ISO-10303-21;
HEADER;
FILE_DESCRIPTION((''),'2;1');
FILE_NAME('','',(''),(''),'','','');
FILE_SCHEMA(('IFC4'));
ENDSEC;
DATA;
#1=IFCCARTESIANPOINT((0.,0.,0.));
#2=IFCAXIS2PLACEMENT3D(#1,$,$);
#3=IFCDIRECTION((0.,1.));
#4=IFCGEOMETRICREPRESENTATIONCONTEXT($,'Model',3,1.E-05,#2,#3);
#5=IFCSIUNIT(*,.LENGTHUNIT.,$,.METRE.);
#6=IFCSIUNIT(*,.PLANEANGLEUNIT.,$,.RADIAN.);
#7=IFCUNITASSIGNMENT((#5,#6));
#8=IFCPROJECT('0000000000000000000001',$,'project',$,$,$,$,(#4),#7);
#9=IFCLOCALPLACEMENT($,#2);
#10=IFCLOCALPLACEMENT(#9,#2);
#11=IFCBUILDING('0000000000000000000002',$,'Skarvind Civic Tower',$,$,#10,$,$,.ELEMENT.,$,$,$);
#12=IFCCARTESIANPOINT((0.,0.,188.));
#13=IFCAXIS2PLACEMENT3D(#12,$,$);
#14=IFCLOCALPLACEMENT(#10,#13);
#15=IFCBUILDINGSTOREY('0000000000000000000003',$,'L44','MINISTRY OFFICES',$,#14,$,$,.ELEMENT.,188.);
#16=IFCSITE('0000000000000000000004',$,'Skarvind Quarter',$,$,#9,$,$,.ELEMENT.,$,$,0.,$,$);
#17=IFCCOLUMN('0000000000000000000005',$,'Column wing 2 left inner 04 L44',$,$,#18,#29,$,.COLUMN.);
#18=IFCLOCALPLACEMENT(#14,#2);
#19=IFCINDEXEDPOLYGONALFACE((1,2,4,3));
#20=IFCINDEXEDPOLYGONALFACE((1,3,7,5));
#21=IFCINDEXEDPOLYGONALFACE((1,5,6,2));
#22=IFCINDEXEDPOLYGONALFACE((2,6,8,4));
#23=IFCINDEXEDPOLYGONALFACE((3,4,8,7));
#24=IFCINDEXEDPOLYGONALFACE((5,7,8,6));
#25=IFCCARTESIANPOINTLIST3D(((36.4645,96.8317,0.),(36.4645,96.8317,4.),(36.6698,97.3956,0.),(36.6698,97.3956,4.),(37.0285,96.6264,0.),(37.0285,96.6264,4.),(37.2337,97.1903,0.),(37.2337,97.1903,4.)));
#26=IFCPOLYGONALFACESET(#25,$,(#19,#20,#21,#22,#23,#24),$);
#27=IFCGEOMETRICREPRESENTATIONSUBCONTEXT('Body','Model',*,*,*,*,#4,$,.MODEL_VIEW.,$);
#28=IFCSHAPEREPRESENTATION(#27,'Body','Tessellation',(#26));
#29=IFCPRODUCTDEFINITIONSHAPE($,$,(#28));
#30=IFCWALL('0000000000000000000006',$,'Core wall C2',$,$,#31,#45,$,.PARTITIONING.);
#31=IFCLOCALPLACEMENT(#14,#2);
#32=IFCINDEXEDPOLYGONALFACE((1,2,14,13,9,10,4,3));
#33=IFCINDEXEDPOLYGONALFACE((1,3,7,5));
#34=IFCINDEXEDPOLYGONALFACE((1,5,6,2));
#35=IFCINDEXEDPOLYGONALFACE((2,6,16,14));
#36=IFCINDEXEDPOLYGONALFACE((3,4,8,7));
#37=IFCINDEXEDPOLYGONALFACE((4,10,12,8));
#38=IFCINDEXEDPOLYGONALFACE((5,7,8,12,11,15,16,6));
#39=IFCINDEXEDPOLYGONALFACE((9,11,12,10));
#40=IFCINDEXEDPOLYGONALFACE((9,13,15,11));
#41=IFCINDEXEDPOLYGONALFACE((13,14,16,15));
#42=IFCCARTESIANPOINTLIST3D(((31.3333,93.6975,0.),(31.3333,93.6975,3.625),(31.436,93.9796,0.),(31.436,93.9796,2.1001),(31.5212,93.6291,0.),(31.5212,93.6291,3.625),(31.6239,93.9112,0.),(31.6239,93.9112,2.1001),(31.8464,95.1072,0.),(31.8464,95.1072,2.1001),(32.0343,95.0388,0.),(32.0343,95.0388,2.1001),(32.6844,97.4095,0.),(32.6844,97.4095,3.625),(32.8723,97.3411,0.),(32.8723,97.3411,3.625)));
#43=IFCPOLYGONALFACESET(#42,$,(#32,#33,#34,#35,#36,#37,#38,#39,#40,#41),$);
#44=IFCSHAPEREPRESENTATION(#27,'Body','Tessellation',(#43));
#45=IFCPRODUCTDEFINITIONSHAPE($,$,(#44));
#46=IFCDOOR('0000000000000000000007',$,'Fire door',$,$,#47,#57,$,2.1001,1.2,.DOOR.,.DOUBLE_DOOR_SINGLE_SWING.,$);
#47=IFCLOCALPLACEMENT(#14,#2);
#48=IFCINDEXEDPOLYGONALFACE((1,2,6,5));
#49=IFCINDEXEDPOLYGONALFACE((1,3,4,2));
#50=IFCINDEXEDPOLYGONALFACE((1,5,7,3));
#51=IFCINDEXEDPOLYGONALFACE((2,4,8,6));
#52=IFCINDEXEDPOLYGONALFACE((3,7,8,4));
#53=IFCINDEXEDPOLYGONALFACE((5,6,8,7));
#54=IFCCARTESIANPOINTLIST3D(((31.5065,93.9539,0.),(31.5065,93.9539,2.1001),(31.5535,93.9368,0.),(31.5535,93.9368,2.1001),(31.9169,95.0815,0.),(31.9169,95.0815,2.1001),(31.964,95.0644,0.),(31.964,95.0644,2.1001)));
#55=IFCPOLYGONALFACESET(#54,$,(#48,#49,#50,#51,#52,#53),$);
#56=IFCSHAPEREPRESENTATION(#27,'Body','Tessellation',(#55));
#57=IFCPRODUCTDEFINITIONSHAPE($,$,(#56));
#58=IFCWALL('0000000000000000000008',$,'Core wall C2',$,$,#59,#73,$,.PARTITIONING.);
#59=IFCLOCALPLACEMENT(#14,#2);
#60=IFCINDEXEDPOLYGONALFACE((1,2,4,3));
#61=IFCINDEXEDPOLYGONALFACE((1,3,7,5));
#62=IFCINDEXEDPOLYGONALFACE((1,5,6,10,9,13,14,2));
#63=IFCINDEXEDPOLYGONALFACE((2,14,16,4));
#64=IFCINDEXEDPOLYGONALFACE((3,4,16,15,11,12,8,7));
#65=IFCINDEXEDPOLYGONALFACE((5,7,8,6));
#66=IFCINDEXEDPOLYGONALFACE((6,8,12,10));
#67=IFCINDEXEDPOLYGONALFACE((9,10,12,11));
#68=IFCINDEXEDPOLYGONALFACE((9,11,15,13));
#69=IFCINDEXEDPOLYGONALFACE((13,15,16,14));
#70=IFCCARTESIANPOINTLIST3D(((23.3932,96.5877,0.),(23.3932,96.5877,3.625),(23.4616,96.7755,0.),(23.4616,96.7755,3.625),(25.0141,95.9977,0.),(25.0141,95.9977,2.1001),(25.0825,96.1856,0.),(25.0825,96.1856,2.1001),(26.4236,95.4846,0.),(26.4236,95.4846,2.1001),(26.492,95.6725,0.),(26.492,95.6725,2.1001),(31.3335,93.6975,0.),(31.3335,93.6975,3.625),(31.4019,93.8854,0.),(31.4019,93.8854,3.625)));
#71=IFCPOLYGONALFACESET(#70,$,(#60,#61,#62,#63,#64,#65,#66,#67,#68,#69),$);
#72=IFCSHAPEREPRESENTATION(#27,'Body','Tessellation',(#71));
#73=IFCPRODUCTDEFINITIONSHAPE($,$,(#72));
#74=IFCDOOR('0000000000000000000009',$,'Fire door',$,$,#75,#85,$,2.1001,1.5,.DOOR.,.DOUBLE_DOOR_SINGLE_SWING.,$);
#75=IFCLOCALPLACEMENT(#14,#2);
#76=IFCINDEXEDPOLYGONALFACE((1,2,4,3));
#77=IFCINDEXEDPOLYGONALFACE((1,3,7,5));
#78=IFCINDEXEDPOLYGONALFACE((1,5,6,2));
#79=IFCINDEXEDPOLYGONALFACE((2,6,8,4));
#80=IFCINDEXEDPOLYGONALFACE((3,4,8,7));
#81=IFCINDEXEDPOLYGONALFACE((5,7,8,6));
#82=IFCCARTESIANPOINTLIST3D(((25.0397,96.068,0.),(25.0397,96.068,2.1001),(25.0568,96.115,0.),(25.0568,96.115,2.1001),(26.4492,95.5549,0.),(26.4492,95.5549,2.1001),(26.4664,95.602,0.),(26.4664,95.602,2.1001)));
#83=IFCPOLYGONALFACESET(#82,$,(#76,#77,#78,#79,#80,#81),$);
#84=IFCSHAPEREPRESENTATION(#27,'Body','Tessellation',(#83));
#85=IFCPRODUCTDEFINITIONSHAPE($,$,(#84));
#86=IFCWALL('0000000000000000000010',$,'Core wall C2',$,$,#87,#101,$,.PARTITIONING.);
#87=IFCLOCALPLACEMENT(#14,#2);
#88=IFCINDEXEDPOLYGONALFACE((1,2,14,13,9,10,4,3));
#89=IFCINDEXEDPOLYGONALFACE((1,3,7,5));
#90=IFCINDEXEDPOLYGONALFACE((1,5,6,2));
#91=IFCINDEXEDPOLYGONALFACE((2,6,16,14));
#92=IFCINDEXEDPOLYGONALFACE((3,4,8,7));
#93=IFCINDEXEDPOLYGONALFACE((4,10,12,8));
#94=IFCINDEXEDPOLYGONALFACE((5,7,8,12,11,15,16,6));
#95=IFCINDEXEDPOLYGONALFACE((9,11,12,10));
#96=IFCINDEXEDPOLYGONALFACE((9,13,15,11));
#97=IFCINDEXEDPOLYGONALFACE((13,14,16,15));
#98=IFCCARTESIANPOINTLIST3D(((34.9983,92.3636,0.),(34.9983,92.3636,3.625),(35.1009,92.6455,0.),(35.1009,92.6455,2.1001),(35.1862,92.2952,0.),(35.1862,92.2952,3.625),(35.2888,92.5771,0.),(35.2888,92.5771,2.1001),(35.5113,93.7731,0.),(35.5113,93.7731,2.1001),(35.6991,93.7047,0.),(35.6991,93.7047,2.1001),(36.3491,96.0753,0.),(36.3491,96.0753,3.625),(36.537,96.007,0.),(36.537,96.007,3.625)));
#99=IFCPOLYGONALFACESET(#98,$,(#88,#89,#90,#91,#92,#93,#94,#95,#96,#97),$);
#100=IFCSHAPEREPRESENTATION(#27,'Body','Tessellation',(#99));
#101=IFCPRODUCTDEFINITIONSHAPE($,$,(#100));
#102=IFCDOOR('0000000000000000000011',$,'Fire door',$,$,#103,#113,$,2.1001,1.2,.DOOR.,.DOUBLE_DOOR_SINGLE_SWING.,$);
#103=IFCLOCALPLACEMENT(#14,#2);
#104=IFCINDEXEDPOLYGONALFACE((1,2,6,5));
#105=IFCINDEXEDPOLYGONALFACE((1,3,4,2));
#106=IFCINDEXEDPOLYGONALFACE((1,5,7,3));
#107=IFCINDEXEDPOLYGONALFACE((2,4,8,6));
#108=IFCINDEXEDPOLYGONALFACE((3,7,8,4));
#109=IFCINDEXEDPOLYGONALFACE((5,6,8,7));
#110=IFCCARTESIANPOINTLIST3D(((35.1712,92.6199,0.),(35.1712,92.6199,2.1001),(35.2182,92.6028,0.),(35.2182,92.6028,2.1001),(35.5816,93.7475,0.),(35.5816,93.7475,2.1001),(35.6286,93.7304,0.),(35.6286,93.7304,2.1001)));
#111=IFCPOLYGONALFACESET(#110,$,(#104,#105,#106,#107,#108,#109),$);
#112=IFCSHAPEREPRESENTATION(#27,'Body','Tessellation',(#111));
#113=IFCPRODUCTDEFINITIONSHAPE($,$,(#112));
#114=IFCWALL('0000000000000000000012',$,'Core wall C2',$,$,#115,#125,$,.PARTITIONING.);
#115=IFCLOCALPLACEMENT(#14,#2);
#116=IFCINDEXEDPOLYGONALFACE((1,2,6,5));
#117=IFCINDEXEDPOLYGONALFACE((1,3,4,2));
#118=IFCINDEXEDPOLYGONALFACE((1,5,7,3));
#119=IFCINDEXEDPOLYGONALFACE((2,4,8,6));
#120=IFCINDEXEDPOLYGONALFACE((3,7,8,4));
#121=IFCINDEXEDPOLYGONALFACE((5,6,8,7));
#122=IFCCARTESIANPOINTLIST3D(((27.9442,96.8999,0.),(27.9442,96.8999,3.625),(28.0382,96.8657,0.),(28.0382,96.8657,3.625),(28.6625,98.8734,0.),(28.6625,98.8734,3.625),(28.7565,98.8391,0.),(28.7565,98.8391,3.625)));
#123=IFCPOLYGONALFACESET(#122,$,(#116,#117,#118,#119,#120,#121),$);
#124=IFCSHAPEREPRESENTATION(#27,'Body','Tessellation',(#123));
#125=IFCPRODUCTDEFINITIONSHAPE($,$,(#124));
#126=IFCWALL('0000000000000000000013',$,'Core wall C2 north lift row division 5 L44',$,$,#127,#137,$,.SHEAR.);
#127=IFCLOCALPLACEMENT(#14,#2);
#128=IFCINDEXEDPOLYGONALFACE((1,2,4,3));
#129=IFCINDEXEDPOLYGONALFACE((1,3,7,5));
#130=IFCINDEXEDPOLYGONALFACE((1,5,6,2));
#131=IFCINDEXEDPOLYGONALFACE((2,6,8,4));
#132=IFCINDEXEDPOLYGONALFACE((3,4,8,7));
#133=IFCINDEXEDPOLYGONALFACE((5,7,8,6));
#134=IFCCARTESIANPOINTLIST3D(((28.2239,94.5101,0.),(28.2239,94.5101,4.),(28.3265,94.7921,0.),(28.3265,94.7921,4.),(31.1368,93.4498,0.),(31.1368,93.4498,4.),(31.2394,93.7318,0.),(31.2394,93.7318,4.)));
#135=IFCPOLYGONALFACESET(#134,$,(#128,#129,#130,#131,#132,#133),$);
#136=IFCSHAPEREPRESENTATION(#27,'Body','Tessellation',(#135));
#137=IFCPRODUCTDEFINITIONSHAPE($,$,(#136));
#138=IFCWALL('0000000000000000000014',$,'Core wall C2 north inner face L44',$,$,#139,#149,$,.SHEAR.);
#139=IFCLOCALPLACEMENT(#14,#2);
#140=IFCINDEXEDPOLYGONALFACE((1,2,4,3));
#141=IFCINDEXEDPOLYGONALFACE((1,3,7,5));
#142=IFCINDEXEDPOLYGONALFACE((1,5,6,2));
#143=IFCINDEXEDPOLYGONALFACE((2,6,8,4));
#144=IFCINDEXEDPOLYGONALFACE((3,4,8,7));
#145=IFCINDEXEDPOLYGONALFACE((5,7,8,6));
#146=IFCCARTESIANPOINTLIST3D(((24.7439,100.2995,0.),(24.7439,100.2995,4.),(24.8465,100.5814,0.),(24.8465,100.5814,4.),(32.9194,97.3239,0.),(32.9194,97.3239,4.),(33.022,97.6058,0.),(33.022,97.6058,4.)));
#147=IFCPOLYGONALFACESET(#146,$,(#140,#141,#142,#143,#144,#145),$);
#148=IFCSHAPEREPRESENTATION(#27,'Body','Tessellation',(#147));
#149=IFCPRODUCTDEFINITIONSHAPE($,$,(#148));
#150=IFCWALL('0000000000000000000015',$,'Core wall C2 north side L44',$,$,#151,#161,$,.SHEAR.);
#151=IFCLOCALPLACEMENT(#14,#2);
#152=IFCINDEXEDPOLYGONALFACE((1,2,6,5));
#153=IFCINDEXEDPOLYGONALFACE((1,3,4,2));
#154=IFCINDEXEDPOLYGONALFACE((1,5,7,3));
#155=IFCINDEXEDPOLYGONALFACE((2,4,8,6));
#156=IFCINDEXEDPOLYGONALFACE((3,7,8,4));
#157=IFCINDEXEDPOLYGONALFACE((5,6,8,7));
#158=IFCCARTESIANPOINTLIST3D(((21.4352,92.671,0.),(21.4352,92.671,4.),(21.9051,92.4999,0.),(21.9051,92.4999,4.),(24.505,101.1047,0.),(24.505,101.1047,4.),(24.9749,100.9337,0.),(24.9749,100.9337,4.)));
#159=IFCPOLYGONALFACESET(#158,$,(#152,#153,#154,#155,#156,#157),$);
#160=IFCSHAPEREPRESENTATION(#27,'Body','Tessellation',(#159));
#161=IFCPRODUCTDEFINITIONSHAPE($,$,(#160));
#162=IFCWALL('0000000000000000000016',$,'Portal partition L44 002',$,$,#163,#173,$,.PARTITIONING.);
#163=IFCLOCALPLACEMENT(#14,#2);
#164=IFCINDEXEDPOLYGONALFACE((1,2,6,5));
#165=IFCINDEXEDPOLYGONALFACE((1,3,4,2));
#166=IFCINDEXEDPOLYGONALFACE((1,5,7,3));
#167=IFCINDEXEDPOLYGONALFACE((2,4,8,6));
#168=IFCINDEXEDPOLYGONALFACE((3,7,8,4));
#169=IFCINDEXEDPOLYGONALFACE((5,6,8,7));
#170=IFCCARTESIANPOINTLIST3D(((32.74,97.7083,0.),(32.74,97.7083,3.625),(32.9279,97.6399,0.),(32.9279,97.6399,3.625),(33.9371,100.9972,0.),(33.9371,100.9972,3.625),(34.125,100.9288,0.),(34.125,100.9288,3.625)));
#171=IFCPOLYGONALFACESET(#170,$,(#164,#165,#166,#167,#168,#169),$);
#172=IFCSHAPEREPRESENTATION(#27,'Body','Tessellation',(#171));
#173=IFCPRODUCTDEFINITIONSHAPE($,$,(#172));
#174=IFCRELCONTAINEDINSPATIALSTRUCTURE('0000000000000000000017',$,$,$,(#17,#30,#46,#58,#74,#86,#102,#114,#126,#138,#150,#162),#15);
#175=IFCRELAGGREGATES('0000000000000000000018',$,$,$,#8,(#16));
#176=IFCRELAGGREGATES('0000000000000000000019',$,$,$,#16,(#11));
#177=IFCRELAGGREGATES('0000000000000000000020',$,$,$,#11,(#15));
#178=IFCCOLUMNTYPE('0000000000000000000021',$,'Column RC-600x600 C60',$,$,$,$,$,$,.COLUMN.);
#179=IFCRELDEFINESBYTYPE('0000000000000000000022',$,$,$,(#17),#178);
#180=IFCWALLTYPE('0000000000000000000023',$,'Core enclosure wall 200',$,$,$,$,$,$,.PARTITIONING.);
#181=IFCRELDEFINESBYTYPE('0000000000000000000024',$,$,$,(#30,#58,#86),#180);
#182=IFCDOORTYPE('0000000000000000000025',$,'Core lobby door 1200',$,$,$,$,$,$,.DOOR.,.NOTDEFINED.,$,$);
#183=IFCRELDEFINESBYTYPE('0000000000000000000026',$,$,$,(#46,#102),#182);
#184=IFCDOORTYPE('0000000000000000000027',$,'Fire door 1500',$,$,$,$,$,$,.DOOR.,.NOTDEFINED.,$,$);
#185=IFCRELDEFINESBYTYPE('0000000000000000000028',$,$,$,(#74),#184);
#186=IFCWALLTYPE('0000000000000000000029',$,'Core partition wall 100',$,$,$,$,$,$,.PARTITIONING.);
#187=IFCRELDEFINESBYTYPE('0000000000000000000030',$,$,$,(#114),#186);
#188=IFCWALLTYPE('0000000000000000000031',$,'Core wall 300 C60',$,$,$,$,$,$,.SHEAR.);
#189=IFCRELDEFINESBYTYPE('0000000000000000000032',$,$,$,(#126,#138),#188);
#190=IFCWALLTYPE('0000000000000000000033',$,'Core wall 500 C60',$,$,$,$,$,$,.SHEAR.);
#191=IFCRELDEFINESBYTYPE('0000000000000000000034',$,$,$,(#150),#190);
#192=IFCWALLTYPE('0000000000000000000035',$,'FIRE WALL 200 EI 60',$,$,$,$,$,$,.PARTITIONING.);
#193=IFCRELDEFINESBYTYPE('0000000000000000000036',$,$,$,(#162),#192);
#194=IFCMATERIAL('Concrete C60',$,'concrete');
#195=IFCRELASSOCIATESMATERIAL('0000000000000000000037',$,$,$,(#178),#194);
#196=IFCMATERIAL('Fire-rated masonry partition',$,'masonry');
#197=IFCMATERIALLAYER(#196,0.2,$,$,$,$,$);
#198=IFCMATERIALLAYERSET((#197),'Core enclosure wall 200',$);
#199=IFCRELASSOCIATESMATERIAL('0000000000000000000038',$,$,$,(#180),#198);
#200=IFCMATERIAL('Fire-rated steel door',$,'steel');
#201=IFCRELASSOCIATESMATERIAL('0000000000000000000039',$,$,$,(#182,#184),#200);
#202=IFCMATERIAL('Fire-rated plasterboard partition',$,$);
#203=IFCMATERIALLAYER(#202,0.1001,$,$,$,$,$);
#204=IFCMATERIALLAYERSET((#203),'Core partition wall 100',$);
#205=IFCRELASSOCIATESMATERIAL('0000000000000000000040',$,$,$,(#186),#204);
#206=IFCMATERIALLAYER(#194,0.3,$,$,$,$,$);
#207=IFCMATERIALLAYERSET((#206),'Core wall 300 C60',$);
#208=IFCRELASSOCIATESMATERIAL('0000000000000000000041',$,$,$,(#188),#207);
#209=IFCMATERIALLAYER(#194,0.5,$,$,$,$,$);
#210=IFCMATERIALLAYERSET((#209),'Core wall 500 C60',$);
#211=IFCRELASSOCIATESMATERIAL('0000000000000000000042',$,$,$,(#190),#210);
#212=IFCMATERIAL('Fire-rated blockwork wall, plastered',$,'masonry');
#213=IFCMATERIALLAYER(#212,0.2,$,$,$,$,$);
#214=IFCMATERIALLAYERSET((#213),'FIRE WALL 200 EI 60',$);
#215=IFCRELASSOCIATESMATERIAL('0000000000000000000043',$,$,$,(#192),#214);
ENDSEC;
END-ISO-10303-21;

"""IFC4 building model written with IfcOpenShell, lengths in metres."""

from ifc_helpers import new_model, si_unit, direction, frame, frame_2d, origin, origin_2d, place, context, subcontext, project, spatial, rectangle, extrude, material, layer, layer_set, material_profile, profile_set, type_object, element, fill, save


model = new_model("IFC4")

# Units and contexts
model_context = context("Model", 3, precision=1e-05, world=origin(), true_north=direction((0.0, 1.0)))
body_context = subcontext(model_context, "Body", "Model", "MODEL_VIEW")
ifc_project = project(units=[si_unit("LENGTHUNIT", "METRE"), si_unit("PLANEANGLEUNIT", "RADIAN")], contexts=[model_context])

# Site, building, storey
site_placement = place(None, origin())
site = spatial("IfcSite", under=ifc_project, at=site_placement, Name="Skarvind Quarter", CompositionType="ELEMENT", RefElevation=0.0)
building_placement = place(site_placement, origin())
building = spatial("IfcBuilding", under=site, at=building_placement, Name="Skarvind Civic Tower", CompositionType="ELEMENT")
storey_placement = place(building_placement, frame((0.0, 0.0, 188.0)))
storey = spatial("IfcBuildingStorey", under=building, at=storey_placement, Name="L44", Description="MINISTRY OFFICES", CompositionType="ELEMENT", Elevation=188.0)

# Column
ifc_material_1 = material(Name="Concrete C60", Category="concrete")
ifc_material_profile = material_profile(ifc_material_1, rectangle(XDim=0.6001, YDim=0.6001, at=origin_2d()), Name="RC-600x600")
ifc_profile_set = profile_set([ifc_material_profile], Name="Concrete C60")
column_type = type_object("IfcColumnType", Name="Column RC-600x600 C60", PredefinedType="COLUMN", material=ifc_profile_set)
column_placement = place(storey_placement, frame((36.8491, 97.011, 0.0), z_axis=(0.0, 0.0, 1.0), x_axis=(-0.34202, -0.939693, 0.0)))
element("IfcColumn", 1, at=column_placement, inside=storey, type_object=column_type, Name="Column wing 2 left inner 04 L44", PredefinedType="COLUMN", context=body_context, shape_type="SweptSolid", body=[
    extrude(rectangle(XDim=0.6001, YDim=0.6001, at=origin_2d()), origin(), (0.0, 0.0, 1.0), 4.0),
])

# Walls, openings, doors
ifc_material_2 = material(Name="Fire-rated masonry partition", Category="masonry")
ifc_layer_1 = layer(ifc_material_2, 0.2)
ifc_layer_set_1 = layer_set([ifc_layer_1], Name="Core enclosure wall 200")
wall_type_1 = type_object("IfcWallType", Name="Core enclosure wall 200", PredefinedType="PARTITIONING", material=ifc_layer_set_1)
wall_1_placement = place(storey_placement, frame((31.4272, 93.6633, 0.0), z_axis=(0.0, 0.0, 1.0), x_axis=(0.342031, 0.939689, 0.0)))
wall_1 = element("IfcWall", 2, at=wall_1_placement, inside=storey, type_object=wall_type_1, Name="Core wall C2", PredefinedType="PARTITIONING", context=body_context, shape_type="SweptSolid", body=[
    extrude(rectangle(XDim=3.9502, YDim=0.2, at=frame_2d((1.9751, 0.0))), origin(), (0.0, 0.0, 1.0), 3.625),
])
opening_1_placement = place(wall_1_placement, frame((0.3, 0.0, 0.0)))
opening_1 = element("IfcOpeningElement", 3, at=opening_1_placement, cuts=wall_1, PredefinedType="OPENING", context=body_context, shape_type="SweptSolid", body=[
    extrude(rectangle(XDim=1.2, YDim=2.1001, at=frame_2d((0.6001, 1.05))), frame((0.0, 0.1099, 0.0), z_axis=(0.0, -1.0, 0.0), x_axis=(1.0, 0.0, 0.0)), (0.0, 0.0, 1.0), 0.22),
])
ifc_material_3 = material(Name="Fire-rated steel door", Category="steel")
door_type_1 = type_object("IfcDoorType", Name="Core lobby door 1200", OperationType="NOTDEFINED", PredefinedType="DOOR", material=ifc_material_3)
door_1_placement = place(opening_1_placement, origin())
door_1 = element("IfcDoor", 4, at=door_1_placement, inside=storey, type_object=door_type_1, Name="Fire door", OperationType="DOUBLE_DOOR_SINGLE_SWING", OverallHeight=2.1001, OverallWidth=1.2, PredefinedType="DOOR", context=body_context, shape_type="SweptSolid", body=[
    extrude(rectangle(XDim=1.2, YDim=2.1001, at=frame_2d((0.6001, 1.05))), frame((0.0, 0.0249, 0.0), z_axis=(0.0, -1.0, 0.0), x_axis=(1.0, 0.0, 0.0)), (0.0, 0.0, 1.0), 0.05),
])
fill(opening_1, door_1)
wall_2_placement = place(storey_placement, frame((23.4272, 96.6816, 0.0), z_axis=(0.0, 0.0, 1.0), x_axis=(0.93969, -0.342026, 0.0)))
wall_2 = element("IfcWall", 5, at=wall_2_placement, inside=storey, type_object=wall_type_1, Name="Core wall C2", PredefinedType="PARTITIONING", context=body_context, shape_type="SweptSolid", body=[
    extrude(rectangle(XDim=8.45, YDim=0.2, at=frame_2d((4.2251, 0.0))), origin(), (0.0, 0.0, 1.0), 3.625),
])
opening_2_placement = place(wall_2_placement, frame((1.7251, 0.0, 0.0)))
opening_2 = element("IfcOpeningElement", 6, at=opening_2_placement, cuts=wall_2, PredefinedType="OPENING", context=body_context, shape_type="SweptSolid", body=[
    extrude(rectangle(XDim=1.5, YDim=2.1001, at=frame_2d((0.75, 1.05))), frame((0.0, 0.1099, 0.0), z_axis=(0.0, -1.0, 0.0), x_axis=(1.0, 0.0, 0.0)), (0.0, 0.0, 1.0), 0.22),
])
door_type_2 = type_object("IfcDoorType", Name="Fire door 1500", OperationType="NOTDEFINED", PredefinedType="DOOR", material=ifc_material_3)
door_2_placement = place(opening_2_placement, origin())
door_2 = element("IfcDoor", 7, at=door_2_placement, inside=storey, type_object=door_type_2, Name="Fire door", OperationType="DOUBLE_DOOR_SINGLE_SWING", OverallHeight=2.1001, OverallWidth=1.5, PredefinedType="DOOR", context=body_context, shape_type="SweptSolid", body=[
    extrude(rectangle(XDim=1.5, YDim=2.1001, at=frame_2d((0.75, 1.05))), frame((0.0, 0.0249, 0.0), z_axis=(0.0, -1.0, 0.0), x_axis=(1.0, 0.0, 0.0)), (0.0, 0.0, 1.0), 0.05),
])
fill(opening_2, door_2)
wall_3_placement = place(storey_placement, frame((36.4431, 96.0413, 0.0), z_axis=(0.0, 0.0, 1.0), x_axis=(-0.341996, -0.939701, 0.0)))
wall_3 = element("IfcWall", 8, at=wall_3_placement, inside=storey, type_object=wall_type_1, Name="Core wall C2", PredefinedType="PARTITIONING", context=body_context, shape_type="SweptSolid", body=[
    extrude(rectangle(XDim=3.95, YDim=0.2, at=frame_2d((1.9751, 0.0))), origin(), (0.0, 0.0, 1.0), 3.625),
])
opening_3_placement = place(wall_3_placement, frame((2.45, 0.0, 0.0)))
opening_3 = element("IfcOpeningElement", 9, at=opening_3_placement, cuts=wall_3, PredefinedType="OPENING", context=body_context, shape_type="SweptSolid", body=[
    extrude(rectangle(XDim=1.2, YDim=2.1001, at=frame_2d((0.6001, 1.05))), frame((0.0, 0.1099, 0.0), z_axis=(0.0, -1.0, 0.0), x_axis=(1.0, 0.0, 0.0)), (0.0, 0.0, 1.0), 0.22),
])
door_3_placement = place(opening_3_placement, origin())
door_3 = element("IfcDoor", 10, at=door_3_placement, inside=storey, type_object=door_type_1, Name="Fire door", OperationType="DOUBLE_DOOR_SINGLE_SWING", OverallHeight=2.1001, OverallWidth=1.2, PredefinedType="DOOR", context=body_context, shape_type="SweptSolid", body=[
    extrude(rectangle(XDim=1.2, YDim=2.1001, at=frame_2d((0.6001, 1.05))), frame((0.0, 0.0249, 0.0), z_axis=(0.0, -1.0, 0.0), x_axis=(1.0, 0.0, 0.0)), (0.0, 0.0, 1.0), 0.05),
])
fill(opening_3, door_3)

# Walls
ifc_material_4 = material(Name="Fire-rated plasterboard partition")
ifc_layer_2 = layer(ifc_material_4, 0.1001)
ifc_layer_set_2 = layer_set([ifc_layer_2], Name="Core partition wall 100")
wall_type_2 = type_object("IfcWallType", Name="Core partition wall 100", PredefinedType="PARTITIONING", material=ifc_layer_set_2)
wall_4_placement = place(storey_placement, frame((27.9912, 96.8828, 0.0), z_axis=(0.0, 0.0, 1.0), x_axis=(0.342023, 0.939692, 0.0)))
element("IfcWall", 11, at=wall_4_placement, inside=storey, type_object=wall_type_2, Name="Core wall C2", PredefinedType="PARTITIONING", context=body_context, shape_type="SweptSolid", body=[
    extrude(rectangle(XDim=2.1001, YDim=0.1001, at=frame_2d((1.05, 0.0))), origin(), (0.0, 0.0, 1.0), 3.625),
])
ifc_layer_3 = layer(ifc_material_1, 0.3)
ifc_layer_set_3 = layer_set([ifc_layer_3], Name="Core wall 300 C60")
wall_type_3 = type_object("IfcWallType", Name="Core wall 300 C60", PredefinedType="SHEAR", material=ifc_layer_set_3)
wall_5_placement = place(storey_placement, frame((31.188, 93.5908, 0.0), z_axis=(0.0, 0.0, 1.0), x_axis=(-0.939681, 0.342053, 0.0)))
element("IfcWall", 12, at=wall_5_placement, inside=storey, type_object=wall_type_3, Name="Core wall C2 north lift row division 5 L44", PredefinedType="SHEAR", context=body_context, shape_type="SweptSolid", body=[
    extrude(rectangle(XDim=3.0999, YDim=0.3, at=frame_2d((1.5498, 0.0))), origin(), (0.0, 0.0, 1.0), 4.0),
])
wall_6_placement = place(storey_placement, frame((32.9707, 97.4648, 0.0), z_axis=(0.0, 0.0, 1.0), x_axis=(-0.939695, 0.342013, 0.0)))
element("IfcWall", 13, at=wall_6_placement, inside=storey, type_object=wall_type_3, Name="Core wall C2 north inner face L44", PredefinedType="SHEAR", context=body_context, shape_type="SweptSolid", body=[
    extrude(rectangle(XDim=8.7002, YDim=0.3, at=frame_2d((4.3501, 0.0))), origin(), (0.0, 0.0, 1.0), 4.0),
])
ifc_layer_4 = layer(ifc_material_1, 0.5)
ifc_layer_set_4 = layer_set([ifc_layer_4], Name="Core wall 500 C60")
wall_type_4 = type_object("IfcWallType", Name="Core wall 500 C60", PredefinedType="SHEAR", material=ifc_layer_set_4)
wall_7_placement = place(storey_placement, frame((21.6702, 92.5854, 0.0), z_axis=(0.0, 0.0, 1.0), x_axis=(0.342036, 0.939687, 0.0)))
element("IfcWall", 14, at=wall_7_placement, inside=storey, type_object=wall_type_4, Name="Core wall C2 north side L44", PredefinedType="SHEAR", context=body_context, shape_type="SweptSolid", body=[
    extrude(rectangle(XDim=8.9751, YDim=0.5, at=frame_2d((4.4875, 0.0))), origin(), (0.0, 0.0, 1.0), 4.0),
])
ifc_material_5 = material(Name="Fire-rated blockwork wall, plastered", Category="masonry")
ifc_layer_5 = layer(ifc_material_5, 0.2)
ifc_layer_set_5 = layer_set([ifc_layer_5], Name="FIRE WALL 200 EI 60")
wall_type_5 = type_object("IfcWallType", Name="FIRE WALL 200 EI 60", PredefinedType="PARTITIONING", material=ifc_layer_set_5)
wall_8_placement = place(storey_placement, frame((32.834, 97.6741, 0.0), z_axis=(0.0, 0.0, 1.0), x_axis=(0.342017, 0.939694, 0.0)))
element("IfcWall", 15, at=wall_8_placement, inside=storey, type_object=wall_type_5, Name="Portal partition L44 002", PredefinedType="PARTITIONING", context=body_context, shape_type="SweptSolid", body=[
    extrude(rectangle(XDim=3.5, YDim=0.2, at=frame_2d((1.75, 0.0))), origin(), (0.0, 0.0, 1.0), 3.625),
])

save(model, "model.ifc")
